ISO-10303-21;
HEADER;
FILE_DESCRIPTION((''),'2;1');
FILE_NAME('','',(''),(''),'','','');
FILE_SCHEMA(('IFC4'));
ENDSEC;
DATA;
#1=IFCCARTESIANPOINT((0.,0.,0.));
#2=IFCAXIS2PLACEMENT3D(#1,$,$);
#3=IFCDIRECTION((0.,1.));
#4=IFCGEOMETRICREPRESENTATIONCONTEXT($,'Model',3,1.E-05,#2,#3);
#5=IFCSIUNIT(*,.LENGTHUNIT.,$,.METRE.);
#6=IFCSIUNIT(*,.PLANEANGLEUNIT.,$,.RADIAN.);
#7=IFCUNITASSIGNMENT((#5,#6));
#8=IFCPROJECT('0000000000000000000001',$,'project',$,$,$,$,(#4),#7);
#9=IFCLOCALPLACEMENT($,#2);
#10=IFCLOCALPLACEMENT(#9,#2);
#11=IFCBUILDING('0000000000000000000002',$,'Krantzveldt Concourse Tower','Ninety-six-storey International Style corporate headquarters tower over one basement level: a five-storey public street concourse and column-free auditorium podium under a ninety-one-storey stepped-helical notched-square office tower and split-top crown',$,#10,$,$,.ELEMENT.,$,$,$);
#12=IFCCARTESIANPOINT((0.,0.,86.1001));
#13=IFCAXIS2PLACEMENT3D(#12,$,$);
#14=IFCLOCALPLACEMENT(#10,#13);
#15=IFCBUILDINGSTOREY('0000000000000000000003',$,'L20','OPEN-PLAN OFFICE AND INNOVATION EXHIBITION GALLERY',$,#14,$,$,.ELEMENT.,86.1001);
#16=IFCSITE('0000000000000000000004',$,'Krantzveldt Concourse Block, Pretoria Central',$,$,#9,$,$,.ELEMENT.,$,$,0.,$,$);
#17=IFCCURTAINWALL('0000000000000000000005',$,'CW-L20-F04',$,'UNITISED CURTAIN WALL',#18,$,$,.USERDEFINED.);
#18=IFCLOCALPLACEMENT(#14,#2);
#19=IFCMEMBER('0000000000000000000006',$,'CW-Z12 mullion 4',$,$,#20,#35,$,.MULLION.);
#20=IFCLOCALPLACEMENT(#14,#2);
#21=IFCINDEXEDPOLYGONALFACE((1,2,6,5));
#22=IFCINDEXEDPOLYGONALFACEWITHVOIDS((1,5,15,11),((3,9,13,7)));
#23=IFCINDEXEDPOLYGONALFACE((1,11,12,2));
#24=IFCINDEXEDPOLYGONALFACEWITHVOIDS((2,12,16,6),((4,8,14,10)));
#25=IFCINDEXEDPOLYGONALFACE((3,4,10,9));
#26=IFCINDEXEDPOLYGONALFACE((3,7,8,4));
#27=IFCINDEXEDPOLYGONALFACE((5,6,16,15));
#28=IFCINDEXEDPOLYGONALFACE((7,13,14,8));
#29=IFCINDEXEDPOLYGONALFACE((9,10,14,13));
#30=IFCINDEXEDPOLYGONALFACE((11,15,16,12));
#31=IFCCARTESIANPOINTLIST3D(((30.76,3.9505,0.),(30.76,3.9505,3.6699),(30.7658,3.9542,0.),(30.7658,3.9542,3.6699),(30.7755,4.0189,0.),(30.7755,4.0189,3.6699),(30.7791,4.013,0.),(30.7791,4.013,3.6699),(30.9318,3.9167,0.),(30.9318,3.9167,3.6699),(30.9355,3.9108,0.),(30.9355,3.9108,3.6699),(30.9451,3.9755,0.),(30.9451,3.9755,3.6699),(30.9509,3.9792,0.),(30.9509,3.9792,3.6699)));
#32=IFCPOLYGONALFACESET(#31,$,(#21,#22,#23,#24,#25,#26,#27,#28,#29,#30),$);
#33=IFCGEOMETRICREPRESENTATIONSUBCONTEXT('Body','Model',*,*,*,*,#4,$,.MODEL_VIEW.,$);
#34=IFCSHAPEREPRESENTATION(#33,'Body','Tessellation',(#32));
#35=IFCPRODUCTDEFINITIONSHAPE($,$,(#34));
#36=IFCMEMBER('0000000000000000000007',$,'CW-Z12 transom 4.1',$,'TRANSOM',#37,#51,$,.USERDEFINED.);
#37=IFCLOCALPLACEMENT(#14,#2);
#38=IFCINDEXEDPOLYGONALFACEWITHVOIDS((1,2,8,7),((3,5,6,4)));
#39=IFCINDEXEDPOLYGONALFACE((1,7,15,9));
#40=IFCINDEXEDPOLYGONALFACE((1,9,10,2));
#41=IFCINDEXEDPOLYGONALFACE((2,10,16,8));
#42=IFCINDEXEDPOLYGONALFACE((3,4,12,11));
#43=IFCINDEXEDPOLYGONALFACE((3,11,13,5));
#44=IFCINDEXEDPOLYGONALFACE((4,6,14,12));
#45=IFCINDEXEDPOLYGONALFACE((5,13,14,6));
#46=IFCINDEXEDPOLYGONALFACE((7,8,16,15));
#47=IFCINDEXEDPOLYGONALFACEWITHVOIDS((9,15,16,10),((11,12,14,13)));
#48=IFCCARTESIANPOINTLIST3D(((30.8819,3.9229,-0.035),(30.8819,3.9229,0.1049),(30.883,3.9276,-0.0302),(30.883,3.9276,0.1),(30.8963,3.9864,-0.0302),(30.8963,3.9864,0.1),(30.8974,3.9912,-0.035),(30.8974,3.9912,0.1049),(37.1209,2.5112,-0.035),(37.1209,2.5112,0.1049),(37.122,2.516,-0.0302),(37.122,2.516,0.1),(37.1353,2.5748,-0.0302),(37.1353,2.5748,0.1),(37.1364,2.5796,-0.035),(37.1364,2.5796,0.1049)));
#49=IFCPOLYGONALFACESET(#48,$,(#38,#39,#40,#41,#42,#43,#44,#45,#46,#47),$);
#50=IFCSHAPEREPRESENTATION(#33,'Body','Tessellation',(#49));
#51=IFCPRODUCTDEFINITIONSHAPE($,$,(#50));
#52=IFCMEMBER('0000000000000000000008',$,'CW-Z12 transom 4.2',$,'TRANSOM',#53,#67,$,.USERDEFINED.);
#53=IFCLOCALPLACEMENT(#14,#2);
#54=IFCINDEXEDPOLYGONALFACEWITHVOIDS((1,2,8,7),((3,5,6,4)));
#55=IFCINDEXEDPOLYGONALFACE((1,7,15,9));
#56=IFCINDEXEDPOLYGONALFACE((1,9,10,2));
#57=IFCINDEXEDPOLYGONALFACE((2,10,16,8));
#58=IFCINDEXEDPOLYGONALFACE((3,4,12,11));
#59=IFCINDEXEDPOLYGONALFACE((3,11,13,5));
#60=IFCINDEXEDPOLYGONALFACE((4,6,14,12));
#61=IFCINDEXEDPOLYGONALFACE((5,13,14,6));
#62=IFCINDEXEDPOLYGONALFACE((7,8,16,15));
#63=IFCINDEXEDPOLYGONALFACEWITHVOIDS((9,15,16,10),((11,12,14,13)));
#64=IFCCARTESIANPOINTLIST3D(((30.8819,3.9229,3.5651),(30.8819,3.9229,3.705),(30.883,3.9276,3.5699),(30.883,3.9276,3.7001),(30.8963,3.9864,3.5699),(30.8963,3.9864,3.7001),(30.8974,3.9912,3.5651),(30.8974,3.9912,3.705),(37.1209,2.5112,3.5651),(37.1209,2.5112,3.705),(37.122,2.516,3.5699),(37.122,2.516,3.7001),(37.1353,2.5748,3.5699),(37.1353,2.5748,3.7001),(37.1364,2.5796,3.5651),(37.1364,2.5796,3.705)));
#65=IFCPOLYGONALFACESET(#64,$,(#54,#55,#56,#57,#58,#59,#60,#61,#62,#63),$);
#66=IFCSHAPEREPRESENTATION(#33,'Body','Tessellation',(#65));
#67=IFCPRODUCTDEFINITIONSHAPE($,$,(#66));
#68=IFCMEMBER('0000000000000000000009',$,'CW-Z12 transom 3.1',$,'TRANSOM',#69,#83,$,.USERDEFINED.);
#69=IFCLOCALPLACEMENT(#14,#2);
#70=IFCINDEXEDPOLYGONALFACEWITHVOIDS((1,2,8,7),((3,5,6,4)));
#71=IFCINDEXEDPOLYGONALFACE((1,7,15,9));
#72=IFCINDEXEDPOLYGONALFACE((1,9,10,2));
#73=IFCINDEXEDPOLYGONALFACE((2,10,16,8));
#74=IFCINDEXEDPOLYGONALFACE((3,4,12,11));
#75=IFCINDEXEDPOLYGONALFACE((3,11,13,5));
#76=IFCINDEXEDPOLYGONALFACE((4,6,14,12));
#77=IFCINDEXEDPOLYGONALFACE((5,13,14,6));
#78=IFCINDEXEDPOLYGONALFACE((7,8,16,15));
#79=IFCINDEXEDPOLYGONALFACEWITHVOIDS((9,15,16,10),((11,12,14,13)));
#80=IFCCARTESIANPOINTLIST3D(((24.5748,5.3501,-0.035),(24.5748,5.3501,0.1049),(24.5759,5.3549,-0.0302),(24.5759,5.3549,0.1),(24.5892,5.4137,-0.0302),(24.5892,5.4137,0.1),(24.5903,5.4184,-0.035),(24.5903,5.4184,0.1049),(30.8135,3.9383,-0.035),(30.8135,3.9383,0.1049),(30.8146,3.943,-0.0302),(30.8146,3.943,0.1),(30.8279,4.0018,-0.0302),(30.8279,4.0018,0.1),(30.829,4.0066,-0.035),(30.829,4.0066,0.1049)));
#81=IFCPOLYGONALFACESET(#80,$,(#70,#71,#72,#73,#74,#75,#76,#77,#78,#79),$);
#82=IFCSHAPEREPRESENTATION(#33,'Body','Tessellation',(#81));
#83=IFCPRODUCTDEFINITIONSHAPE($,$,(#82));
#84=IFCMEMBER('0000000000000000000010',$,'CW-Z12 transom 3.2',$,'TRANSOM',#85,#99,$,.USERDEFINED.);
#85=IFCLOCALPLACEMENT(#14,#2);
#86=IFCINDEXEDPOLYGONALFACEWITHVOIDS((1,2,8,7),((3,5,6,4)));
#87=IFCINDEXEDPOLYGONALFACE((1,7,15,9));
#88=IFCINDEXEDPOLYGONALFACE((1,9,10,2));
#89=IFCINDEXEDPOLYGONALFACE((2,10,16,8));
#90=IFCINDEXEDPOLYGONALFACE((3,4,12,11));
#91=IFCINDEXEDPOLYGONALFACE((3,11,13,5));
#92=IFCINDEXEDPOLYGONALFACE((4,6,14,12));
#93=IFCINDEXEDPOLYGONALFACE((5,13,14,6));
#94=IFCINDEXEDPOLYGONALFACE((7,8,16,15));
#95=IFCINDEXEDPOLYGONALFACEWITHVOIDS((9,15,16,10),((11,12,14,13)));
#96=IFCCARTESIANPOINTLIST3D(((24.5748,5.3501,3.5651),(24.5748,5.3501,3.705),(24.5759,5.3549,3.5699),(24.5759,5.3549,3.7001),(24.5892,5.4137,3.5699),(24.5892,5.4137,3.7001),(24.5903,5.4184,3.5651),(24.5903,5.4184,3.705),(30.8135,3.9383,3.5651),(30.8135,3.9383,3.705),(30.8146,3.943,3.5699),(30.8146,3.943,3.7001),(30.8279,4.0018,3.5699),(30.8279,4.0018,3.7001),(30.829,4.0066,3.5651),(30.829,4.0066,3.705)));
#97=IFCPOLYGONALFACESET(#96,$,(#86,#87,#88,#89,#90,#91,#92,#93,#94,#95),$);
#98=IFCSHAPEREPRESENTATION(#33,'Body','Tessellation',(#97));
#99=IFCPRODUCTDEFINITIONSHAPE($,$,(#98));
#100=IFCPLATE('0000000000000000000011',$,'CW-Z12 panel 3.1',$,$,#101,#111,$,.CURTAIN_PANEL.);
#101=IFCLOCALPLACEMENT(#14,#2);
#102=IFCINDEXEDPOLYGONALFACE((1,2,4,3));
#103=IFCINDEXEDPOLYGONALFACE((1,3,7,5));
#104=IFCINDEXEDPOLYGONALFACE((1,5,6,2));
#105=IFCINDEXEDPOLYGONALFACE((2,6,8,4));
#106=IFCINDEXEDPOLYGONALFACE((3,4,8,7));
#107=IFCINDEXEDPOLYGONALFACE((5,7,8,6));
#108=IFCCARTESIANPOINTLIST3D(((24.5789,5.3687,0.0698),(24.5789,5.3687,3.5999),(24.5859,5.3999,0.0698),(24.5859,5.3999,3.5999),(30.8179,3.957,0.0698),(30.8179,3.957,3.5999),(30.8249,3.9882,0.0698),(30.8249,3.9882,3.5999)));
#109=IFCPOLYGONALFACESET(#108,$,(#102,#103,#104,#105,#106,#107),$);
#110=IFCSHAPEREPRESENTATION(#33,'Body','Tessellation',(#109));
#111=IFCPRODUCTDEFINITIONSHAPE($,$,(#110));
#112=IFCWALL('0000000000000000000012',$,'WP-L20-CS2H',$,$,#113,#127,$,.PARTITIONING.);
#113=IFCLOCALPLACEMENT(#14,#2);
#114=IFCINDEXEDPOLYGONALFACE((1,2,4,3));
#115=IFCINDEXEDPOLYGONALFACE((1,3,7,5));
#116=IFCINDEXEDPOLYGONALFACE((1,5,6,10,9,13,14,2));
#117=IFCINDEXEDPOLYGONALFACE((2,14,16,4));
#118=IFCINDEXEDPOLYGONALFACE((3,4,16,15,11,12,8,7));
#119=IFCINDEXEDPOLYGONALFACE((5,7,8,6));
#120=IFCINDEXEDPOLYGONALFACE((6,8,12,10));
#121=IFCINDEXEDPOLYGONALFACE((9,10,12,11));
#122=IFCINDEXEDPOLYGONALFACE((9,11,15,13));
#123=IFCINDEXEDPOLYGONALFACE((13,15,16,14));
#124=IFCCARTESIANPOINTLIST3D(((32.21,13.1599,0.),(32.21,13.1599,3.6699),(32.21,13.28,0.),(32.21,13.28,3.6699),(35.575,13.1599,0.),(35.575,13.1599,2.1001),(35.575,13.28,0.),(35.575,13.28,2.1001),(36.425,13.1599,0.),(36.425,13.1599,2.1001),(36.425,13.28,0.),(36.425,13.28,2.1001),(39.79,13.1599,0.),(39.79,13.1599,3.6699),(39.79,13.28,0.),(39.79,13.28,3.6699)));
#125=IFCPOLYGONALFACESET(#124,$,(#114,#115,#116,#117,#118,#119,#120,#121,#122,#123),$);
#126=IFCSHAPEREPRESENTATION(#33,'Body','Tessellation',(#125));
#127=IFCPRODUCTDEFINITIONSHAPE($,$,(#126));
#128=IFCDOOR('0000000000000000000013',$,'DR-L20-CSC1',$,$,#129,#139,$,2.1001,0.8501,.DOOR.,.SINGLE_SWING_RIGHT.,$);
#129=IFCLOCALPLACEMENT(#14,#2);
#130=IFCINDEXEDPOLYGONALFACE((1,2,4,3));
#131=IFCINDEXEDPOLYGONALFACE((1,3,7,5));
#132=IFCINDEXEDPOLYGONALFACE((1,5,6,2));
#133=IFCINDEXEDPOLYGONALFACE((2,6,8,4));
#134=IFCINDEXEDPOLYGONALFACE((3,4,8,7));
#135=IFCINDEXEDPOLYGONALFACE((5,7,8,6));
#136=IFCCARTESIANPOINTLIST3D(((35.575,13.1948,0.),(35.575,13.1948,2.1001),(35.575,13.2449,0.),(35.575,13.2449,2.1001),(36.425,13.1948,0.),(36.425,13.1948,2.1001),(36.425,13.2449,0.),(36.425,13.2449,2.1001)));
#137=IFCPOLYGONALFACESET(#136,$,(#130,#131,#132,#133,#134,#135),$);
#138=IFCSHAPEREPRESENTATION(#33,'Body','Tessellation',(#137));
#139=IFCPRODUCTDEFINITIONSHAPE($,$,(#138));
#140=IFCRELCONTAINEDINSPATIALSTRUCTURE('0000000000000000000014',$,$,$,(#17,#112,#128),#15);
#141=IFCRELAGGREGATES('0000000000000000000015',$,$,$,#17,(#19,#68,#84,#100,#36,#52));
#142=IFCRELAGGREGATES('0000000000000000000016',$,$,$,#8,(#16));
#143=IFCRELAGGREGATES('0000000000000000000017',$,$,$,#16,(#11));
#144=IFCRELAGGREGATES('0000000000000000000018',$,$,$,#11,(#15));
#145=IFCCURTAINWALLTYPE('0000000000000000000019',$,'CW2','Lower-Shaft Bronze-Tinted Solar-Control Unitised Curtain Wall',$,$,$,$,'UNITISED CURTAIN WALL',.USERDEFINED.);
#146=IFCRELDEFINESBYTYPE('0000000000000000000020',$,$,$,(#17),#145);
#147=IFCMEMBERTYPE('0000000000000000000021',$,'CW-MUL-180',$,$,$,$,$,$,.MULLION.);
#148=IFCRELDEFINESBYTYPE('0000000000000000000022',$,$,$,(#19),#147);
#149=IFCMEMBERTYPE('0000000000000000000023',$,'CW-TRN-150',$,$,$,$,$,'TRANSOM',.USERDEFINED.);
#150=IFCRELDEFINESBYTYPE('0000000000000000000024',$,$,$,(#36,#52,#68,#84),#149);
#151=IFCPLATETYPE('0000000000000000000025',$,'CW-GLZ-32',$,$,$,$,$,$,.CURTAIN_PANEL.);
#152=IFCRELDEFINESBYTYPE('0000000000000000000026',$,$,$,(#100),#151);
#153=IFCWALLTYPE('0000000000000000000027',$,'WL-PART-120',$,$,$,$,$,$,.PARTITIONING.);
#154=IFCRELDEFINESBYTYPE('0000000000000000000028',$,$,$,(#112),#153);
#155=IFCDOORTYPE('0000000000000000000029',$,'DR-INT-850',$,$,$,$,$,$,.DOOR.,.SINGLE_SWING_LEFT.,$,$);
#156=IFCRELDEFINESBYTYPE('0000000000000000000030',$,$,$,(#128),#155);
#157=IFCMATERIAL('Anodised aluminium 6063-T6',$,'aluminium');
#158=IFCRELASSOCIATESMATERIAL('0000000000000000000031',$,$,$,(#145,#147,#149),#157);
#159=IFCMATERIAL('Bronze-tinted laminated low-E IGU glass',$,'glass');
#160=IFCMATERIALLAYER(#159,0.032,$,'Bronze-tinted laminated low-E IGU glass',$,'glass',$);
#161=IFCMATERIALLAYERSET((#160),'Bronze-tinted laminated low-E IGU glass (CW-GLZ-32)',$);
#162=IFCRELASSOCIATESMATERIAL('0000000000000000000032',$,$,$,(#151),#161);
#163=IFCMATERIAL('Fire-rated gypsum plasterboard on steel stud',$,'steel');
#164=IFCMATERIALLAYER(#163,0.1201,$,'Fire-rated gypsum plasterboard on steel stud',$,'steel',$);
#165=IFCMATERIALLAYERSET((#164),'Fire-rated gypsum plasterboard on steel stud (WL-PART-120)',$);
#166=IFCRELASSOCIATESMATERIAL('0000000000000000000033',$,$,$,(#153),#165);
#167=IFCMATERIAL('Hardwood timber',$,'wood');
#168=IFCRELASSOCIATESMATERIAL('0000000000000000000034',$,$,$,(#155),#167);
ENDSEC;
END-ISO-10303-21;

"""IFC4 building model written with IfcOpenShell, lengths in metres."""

from ifc_helpers import new_model, si_unit, direction, frame, frame_2d, origin, origin_2d, place, context, subcontext, project, spatial, rectangle, hollow_rectangle, extrude, source, transform, mapped, material, layer, layer_set, material_profile, profile_set, type_object, type_shapes, element, fill, aggregate, save


model = new_model("IFC4")

# Units and contexts
model_context = context("Model", 3, precision=1e-05, world=origin(), true_north=direction((0.0, 1.0)))
body_context = subcontext(model_context, "Body", "Model", "MODEL_VIEW")
ifc_project = project(units=[si_unit("LENGTHUNIT", "METRE"), si_unit("PLANEANGLEUNIT", "RADIAN")], contexts=[model_context])

# Site, building, storey
site_placement = place(None, origin())
site = spatial("IfcSite", under=ifc_project, at=site_placement, Name="Krantzveldt Concourse Block, Pretoria Central", CompositionType="ELEMENT", RefElevation=0.0)
building_placement = place(site_placement, origin())
building = spatial("IfcBuilding", under=site, at=building_placement, Name="Krantzveldt Concourse Tower", Description="Ninety-six-storey International Style corporate headquarters tower over one basement level: a five-storey public street concourse and column-free auditorium podium under a ninety-one-storey stepped-helical notched-square office tower and split-top crown", CompositionType="ELEMENT")
storey_placement = place(building_placement, frame((0.0, 0.0, 86.1001)))
storey = spatial("IfcBuildingStorey", under=building, at=storey_placement, Name="L20", Description="OPEN-PLAN OFFICE AND INNOVATION EXHIBITION GALLERY", CompositionType="ELEMENT", Elevation=86.1001)

# Curtain wall, members, plate
ifc_material_1 = material(Name="Anodised aluminium 6063-T6", Category="aluminium")
curtain_wall_type = type_object("IfcCurtainWallType", Name="CW2", Description="Lower-Shaft Bronze-Tinted Solar-Control Unitised Curtain Wall", ElementType="UNITISED CURTAIN WALL", PredefinedType="USERDEFINED", material=ifc_material_1)
curtain_wall_placement = place(storey_placement, origin())
curtain_wall = element("IfcCurtainWall", 1, at=curtain_wall_placement, inside=storey, type_object=curtain_wall_type, Name="CW-L20-F04", ObjectType="UNITISED CURTAIN WALL", PredefinedType="USERDEFINED")
ifc_material_profile_1 = material_profile(ifc_material_1, hollow_rectangle(XDim=0.0701, YDim=0.1799, WallThickness=0.0049, at=origin_2d()), Name="Anodised aluminium 6063-T6", Category="aluminium")
ifc_profile_set_1 = profile_set([ifc_material_profile_1], Name="Anodised aluminium 6063-T6 - ALU-MULL 180x70x5")
member_type_1 = type_object("IfcMemberType", Name="CW-MUL-180", PredefinedType="MULLION", material=ifc_profile_set_1)
shared_shape_1 = source(origin(), body_context, "Body", "SweptSolid", [
    extrude(hollow_rectangle(XDim=0.0701, YDim=0.1799, WallThickness=0.0049, at=origin_2d()), origin(), (0.0, 0.0, 1.0), 3.6699),
])
type_shapes(member_type_1, [shared_shape_1])
member_1_placement = place(storey_placement, frame((30.8555, 3.9648, 0.0), z_axis=(0.0, 0.0, 1.0), x_axis=(0.220697, 0.975342, 0.0)))
member_1 = element("IfcMember", 2, at=member_1_placement, type_object=member_type_1, Name="CW-Z12 mullion 4", PredefinedType="MULLION", context=body_context, shape_type="MappedRepresentation", body=[
    mapped(shared_shape_1, transform((0.0, 0.0, 0.0), x_axis=(1.0, 0.0, 0.0), y_axis=(0.0, 1.0, 0.0), z_axis=(0.0, 0.0, 1.0), scale=1.0)),
])
ifc_material_profile_2 = material_profile(ifc_material_1, hollow_rectangle(XDim=0.0701, YDim=0.1399, WallThickness=0.0049, at=origin_2d()), Name="Anodised aluminium 6063-T6", Category="aluminium")
ifc_profile_set_2 = profile_set([ifc_material_profile_2], Name="Anodised aluminium 6063-T6 - ALU-TRAN 140x70x5")
member_type_2 = type_object("IfcMemberType", Name="CW-TRN-150", ElementType="TRANSOM", PredefinedType="USERDEFINED", material=ifc_profile_set_2)
shared_shape_2 = source(origin(), body_context, "Body", "SweptSolid", [
    extrude(hollow_rectangle(XDim=0.0701, YDim=0.1399, WallThickness=0.0049, at=origin_2d()), origin(), (0.0, 0.0, 1.0), 6.3967),
])
member_2_placement = place(storey_placement, frame((30.8896, 3.957, 0.0349), z_axis=(0.975346, -0.220679, 0.0), x_axis=(0.220679, 0.975346, 0.0)))
member_2 = element("IfcMember", 3, at=member_2_placement, type_object=member_type_2, Name="CW-Z12 transom 4.1", ObjectType="TRANSOM", PredefinedType="USERDEFINED", context=body_context, shape_type="MappedRepresentation", body=[
    mapped(shared_shape_2, transform((0.0, 0.0, 0.0), x_axis=(1.0, 0.0, 0.0), y_axis=(0.0, 1.0, 0.0), z_axis=(0.0, 0.0, 1.0), scale=1.0)),
])
member_3_placement = place(storey_placement, frame((30.8896, 3.957, 3.635), z_axis=(0.975346, -0.220679, 0.0), x_axis=(0.220679, 0.975346, 0.0)))
member_3 = element("IfcMember", 4, at=member_3_placement, type_object=member_type_2, Name="CW-Z12 transom 4.2", ObjectType="TRANSOM", PredefinedType="USERDEFINED", context=body_context, shape_type="MappedRepresentation", body=[
    mapped(shared_shape_2, transform((0.0, 0.0, 0.0), x_axis=(1.0, 0.0, 0.0), y_axis=(0.0, 1.0, 0.0), z_axis=(0.0, 0.0, 1.0), scale=1.0)),
])
shared_shape_3 = source(origin(), body_context, "Body", "SweptSolid", [
    extrude(hollow_rectangle(XDim=0.0701, YDim=0.1399, WallThickness=0.0049, at=origin_2d()), origin(), (0.0, 0.0, 1.0), 6.3965),
])
type_shapes(member_type_2, [shared_shape_2, shared_shape_3])
member_4_placement = place(storey_placement, frame((24.5825, 5.3843, 0.0349), z_axis=(0.975336, -0.220724, 0.0), x_axis=(0.220724, 0.975336, 0.0)))
member_4 = element("IfcMember", 5, at=member_4_placement, type_object=member_type_2, Name="CW-Z12 transom 3.1", ObjectType="TRANSOM", PredefinedType="USERDEFINED", context=body_context, shape_type="MappedRepresentation", body=[
    mapped(shared_shape_3, transform((0.0, 0.0, 0.0), x_axis=(1.0, 0.0, 0.0), y_axis=(0.0, 1.0, 0.0), z_axis=(0.0, 0.0, 1.0), scale=1.0)),
])
member_5_placement = place(storey_placement, frame((24.5825, 5.3843, 3.635), z_axis=(0.975336, -0.220724, 0.0), x_axis=(0.220724, 0.975336, 0.0)))
member_5 = element("IfcMember", 6, at=member_5_placement, type_object=member_type_2, Name="CW-Z12 transom 3.2", ObjectType="TRANSOM", PredefinedType="USERDEFINED", context=body_context, shape_type="MappedRepresentation", body=[
    mapped(shared_shape_3, transform((0.0, 0.0, 0.0), x_axis=(1.0, 0.0, 0.0), y_axis=(0.0, 1.0, 0.0), z_axis=(0.0, 0.0, 1.0), scale=1.0)),
])
ifc_material_2 = material(Name="Bronze-tinted laminated low-E IGU glass", Category="glass")
ifc_layer_1 = layer(ifc_material_2, 0.032, Name="Bronze-tinted laminated low-E IGU glass", Category="glass")
ifc_layer_set_1 = layer_set([ifc_layer_1], Name="Bronze-tinted laminated low-E IGU glass (CW-GLZ-32)")
plate_type = type_object("IfcPlateType", Name="CW-GLZ-32", PredefinedType="CURTAIN_PANEL", material=ifc_layer_set_1)
shared_shape_4 = source(origin(), body_context, "Body", "SweptSolid", [
    extrude(rectangle(XDim=6.3967, YDim=0.032, at=origin_2d()), origin(), (0.0, 0.0, 1.0), 3.53),
])
type_shapes(plate_type, [shared_shape_4])
plate_placement = place(storey_placement, frame((27.7019, 4.6785, 0.0698), z_axis=(0.0, 0.0, 1.0), x_axis=(0.975342, -0.220697, 0.0)))
plate = element("IfcPlate", 7, at=plate_placement, type_object=plate_type, Name="CW-Z12 panel 3.1", PredefinedType="CURTAIN_PANEL", context=body_context, shape_type="MappedRepresentation", body=[
    mapped(shared_shape_4, transform((0.0, 0.0, 0.0), x_axis=(1.0, 0.0, 0.0), y_axis=(0.0, 1.0, 0.0), z_axis=(0.0, 0.0, 1.0), scale=1.0)),
])
aggregate(curtain_wall, [member_1, member_4, member_5, plate, member_2, member_3])

# Wall, opening, door
ifc_material_3 = material(Name="Fire-rated gypsum plasterboard on steel stud", Category="steel")
ifc_layer_2 = layer(ifc_material_3, 0.1201, Name="Fire-rated gypsum plasterboard on steel stud", Category="steel")
ifc_layer_set_2 = layer_set([ifc_layer_2], Name="Fire-rated gypsum plasterboard on steel stud (WL-PART-120)")
wall_type_1 = type_object("IfcWallType", Name="WL-PART-120", PredefinedType="PARTITIONING", material=ifc_layer_set_2)
wall_1_placement = place(storey_placement, frame((32.21, 13.22, 0.0), z_axis=(0.0, 0.0, 1.0), x_axis=(1.0, 0.0, 0.0)))
wall_1 = element("IfcWall", 8, at=wall_1_placement, inside=storey, type_object=wall_type_1, Name="WP-L20-CS2H", PredefinedType="PARTITIONING", context=body_context, shape_type="SweptSolid", body=[
    extrude(rectangle(XDim=7.5801, YDim=0.1201, at=frame_2d((3.79, 0.0))), origin(), (0.0, 0.0, 1.0), 3.6699),
])
opening_1_placement = place(wall_1_placement, frame((3.365, 0.0, 0.0)))
opening_1 = element("IfcOpeningElement", 9, at=opening_1_placement, cuts=wall_1, PredefinedType="OPENING", context=body_context, shape_type="SweptSolid", body=[
    extrude(rectangle(XDim=0.8501, YDim=2.1001, at=frame_2d((0.425, 1.05))), frame((0.0, 0.0701, 0.0), z_axis=(0.0, -1.0, 0.0), x_axis=(1.0, 0.0, 0.0)), (0.0, 0.0, 1.0), 0.1401),
])
ifc_material_4 = material(Name="Hardwood timber", Category="wood")
door_type_1 = type_object("IfcDoorType", Name="DR-INT-850", OperationType="SINGLE_SWING_LEFT", PredefinedType="DOOR", material=ifc_material_4)
door_1_placement = place(opening_1_placement, origin())
door_1 = element("IfcDoor", 10, at=door_1_placement, inside=storey, type_object=door_type_1, Name="DR-L20-CSC1", OperationType="SINGLE_SWING_RIGHT", OverallHeight=2.1001, OverallWidth=0.8501, PredefinedType="DOOR", context=body_context, shape_type="SweptSolid", body=[
    extrude(rectangle(XDim=0.8501, YDim=2.1001, at=frame_2d((0.425, 1.05))), frame((0.0, 0.0249, 0.0), z_axis=(0.0, -1.0, 0.0), x_axis=(1.0, 0.0, 0.0)), (0.0, 0.0, 1.0), 0.05),
])
fill(opening_1, door_1)

save(model, "model.ifc")
